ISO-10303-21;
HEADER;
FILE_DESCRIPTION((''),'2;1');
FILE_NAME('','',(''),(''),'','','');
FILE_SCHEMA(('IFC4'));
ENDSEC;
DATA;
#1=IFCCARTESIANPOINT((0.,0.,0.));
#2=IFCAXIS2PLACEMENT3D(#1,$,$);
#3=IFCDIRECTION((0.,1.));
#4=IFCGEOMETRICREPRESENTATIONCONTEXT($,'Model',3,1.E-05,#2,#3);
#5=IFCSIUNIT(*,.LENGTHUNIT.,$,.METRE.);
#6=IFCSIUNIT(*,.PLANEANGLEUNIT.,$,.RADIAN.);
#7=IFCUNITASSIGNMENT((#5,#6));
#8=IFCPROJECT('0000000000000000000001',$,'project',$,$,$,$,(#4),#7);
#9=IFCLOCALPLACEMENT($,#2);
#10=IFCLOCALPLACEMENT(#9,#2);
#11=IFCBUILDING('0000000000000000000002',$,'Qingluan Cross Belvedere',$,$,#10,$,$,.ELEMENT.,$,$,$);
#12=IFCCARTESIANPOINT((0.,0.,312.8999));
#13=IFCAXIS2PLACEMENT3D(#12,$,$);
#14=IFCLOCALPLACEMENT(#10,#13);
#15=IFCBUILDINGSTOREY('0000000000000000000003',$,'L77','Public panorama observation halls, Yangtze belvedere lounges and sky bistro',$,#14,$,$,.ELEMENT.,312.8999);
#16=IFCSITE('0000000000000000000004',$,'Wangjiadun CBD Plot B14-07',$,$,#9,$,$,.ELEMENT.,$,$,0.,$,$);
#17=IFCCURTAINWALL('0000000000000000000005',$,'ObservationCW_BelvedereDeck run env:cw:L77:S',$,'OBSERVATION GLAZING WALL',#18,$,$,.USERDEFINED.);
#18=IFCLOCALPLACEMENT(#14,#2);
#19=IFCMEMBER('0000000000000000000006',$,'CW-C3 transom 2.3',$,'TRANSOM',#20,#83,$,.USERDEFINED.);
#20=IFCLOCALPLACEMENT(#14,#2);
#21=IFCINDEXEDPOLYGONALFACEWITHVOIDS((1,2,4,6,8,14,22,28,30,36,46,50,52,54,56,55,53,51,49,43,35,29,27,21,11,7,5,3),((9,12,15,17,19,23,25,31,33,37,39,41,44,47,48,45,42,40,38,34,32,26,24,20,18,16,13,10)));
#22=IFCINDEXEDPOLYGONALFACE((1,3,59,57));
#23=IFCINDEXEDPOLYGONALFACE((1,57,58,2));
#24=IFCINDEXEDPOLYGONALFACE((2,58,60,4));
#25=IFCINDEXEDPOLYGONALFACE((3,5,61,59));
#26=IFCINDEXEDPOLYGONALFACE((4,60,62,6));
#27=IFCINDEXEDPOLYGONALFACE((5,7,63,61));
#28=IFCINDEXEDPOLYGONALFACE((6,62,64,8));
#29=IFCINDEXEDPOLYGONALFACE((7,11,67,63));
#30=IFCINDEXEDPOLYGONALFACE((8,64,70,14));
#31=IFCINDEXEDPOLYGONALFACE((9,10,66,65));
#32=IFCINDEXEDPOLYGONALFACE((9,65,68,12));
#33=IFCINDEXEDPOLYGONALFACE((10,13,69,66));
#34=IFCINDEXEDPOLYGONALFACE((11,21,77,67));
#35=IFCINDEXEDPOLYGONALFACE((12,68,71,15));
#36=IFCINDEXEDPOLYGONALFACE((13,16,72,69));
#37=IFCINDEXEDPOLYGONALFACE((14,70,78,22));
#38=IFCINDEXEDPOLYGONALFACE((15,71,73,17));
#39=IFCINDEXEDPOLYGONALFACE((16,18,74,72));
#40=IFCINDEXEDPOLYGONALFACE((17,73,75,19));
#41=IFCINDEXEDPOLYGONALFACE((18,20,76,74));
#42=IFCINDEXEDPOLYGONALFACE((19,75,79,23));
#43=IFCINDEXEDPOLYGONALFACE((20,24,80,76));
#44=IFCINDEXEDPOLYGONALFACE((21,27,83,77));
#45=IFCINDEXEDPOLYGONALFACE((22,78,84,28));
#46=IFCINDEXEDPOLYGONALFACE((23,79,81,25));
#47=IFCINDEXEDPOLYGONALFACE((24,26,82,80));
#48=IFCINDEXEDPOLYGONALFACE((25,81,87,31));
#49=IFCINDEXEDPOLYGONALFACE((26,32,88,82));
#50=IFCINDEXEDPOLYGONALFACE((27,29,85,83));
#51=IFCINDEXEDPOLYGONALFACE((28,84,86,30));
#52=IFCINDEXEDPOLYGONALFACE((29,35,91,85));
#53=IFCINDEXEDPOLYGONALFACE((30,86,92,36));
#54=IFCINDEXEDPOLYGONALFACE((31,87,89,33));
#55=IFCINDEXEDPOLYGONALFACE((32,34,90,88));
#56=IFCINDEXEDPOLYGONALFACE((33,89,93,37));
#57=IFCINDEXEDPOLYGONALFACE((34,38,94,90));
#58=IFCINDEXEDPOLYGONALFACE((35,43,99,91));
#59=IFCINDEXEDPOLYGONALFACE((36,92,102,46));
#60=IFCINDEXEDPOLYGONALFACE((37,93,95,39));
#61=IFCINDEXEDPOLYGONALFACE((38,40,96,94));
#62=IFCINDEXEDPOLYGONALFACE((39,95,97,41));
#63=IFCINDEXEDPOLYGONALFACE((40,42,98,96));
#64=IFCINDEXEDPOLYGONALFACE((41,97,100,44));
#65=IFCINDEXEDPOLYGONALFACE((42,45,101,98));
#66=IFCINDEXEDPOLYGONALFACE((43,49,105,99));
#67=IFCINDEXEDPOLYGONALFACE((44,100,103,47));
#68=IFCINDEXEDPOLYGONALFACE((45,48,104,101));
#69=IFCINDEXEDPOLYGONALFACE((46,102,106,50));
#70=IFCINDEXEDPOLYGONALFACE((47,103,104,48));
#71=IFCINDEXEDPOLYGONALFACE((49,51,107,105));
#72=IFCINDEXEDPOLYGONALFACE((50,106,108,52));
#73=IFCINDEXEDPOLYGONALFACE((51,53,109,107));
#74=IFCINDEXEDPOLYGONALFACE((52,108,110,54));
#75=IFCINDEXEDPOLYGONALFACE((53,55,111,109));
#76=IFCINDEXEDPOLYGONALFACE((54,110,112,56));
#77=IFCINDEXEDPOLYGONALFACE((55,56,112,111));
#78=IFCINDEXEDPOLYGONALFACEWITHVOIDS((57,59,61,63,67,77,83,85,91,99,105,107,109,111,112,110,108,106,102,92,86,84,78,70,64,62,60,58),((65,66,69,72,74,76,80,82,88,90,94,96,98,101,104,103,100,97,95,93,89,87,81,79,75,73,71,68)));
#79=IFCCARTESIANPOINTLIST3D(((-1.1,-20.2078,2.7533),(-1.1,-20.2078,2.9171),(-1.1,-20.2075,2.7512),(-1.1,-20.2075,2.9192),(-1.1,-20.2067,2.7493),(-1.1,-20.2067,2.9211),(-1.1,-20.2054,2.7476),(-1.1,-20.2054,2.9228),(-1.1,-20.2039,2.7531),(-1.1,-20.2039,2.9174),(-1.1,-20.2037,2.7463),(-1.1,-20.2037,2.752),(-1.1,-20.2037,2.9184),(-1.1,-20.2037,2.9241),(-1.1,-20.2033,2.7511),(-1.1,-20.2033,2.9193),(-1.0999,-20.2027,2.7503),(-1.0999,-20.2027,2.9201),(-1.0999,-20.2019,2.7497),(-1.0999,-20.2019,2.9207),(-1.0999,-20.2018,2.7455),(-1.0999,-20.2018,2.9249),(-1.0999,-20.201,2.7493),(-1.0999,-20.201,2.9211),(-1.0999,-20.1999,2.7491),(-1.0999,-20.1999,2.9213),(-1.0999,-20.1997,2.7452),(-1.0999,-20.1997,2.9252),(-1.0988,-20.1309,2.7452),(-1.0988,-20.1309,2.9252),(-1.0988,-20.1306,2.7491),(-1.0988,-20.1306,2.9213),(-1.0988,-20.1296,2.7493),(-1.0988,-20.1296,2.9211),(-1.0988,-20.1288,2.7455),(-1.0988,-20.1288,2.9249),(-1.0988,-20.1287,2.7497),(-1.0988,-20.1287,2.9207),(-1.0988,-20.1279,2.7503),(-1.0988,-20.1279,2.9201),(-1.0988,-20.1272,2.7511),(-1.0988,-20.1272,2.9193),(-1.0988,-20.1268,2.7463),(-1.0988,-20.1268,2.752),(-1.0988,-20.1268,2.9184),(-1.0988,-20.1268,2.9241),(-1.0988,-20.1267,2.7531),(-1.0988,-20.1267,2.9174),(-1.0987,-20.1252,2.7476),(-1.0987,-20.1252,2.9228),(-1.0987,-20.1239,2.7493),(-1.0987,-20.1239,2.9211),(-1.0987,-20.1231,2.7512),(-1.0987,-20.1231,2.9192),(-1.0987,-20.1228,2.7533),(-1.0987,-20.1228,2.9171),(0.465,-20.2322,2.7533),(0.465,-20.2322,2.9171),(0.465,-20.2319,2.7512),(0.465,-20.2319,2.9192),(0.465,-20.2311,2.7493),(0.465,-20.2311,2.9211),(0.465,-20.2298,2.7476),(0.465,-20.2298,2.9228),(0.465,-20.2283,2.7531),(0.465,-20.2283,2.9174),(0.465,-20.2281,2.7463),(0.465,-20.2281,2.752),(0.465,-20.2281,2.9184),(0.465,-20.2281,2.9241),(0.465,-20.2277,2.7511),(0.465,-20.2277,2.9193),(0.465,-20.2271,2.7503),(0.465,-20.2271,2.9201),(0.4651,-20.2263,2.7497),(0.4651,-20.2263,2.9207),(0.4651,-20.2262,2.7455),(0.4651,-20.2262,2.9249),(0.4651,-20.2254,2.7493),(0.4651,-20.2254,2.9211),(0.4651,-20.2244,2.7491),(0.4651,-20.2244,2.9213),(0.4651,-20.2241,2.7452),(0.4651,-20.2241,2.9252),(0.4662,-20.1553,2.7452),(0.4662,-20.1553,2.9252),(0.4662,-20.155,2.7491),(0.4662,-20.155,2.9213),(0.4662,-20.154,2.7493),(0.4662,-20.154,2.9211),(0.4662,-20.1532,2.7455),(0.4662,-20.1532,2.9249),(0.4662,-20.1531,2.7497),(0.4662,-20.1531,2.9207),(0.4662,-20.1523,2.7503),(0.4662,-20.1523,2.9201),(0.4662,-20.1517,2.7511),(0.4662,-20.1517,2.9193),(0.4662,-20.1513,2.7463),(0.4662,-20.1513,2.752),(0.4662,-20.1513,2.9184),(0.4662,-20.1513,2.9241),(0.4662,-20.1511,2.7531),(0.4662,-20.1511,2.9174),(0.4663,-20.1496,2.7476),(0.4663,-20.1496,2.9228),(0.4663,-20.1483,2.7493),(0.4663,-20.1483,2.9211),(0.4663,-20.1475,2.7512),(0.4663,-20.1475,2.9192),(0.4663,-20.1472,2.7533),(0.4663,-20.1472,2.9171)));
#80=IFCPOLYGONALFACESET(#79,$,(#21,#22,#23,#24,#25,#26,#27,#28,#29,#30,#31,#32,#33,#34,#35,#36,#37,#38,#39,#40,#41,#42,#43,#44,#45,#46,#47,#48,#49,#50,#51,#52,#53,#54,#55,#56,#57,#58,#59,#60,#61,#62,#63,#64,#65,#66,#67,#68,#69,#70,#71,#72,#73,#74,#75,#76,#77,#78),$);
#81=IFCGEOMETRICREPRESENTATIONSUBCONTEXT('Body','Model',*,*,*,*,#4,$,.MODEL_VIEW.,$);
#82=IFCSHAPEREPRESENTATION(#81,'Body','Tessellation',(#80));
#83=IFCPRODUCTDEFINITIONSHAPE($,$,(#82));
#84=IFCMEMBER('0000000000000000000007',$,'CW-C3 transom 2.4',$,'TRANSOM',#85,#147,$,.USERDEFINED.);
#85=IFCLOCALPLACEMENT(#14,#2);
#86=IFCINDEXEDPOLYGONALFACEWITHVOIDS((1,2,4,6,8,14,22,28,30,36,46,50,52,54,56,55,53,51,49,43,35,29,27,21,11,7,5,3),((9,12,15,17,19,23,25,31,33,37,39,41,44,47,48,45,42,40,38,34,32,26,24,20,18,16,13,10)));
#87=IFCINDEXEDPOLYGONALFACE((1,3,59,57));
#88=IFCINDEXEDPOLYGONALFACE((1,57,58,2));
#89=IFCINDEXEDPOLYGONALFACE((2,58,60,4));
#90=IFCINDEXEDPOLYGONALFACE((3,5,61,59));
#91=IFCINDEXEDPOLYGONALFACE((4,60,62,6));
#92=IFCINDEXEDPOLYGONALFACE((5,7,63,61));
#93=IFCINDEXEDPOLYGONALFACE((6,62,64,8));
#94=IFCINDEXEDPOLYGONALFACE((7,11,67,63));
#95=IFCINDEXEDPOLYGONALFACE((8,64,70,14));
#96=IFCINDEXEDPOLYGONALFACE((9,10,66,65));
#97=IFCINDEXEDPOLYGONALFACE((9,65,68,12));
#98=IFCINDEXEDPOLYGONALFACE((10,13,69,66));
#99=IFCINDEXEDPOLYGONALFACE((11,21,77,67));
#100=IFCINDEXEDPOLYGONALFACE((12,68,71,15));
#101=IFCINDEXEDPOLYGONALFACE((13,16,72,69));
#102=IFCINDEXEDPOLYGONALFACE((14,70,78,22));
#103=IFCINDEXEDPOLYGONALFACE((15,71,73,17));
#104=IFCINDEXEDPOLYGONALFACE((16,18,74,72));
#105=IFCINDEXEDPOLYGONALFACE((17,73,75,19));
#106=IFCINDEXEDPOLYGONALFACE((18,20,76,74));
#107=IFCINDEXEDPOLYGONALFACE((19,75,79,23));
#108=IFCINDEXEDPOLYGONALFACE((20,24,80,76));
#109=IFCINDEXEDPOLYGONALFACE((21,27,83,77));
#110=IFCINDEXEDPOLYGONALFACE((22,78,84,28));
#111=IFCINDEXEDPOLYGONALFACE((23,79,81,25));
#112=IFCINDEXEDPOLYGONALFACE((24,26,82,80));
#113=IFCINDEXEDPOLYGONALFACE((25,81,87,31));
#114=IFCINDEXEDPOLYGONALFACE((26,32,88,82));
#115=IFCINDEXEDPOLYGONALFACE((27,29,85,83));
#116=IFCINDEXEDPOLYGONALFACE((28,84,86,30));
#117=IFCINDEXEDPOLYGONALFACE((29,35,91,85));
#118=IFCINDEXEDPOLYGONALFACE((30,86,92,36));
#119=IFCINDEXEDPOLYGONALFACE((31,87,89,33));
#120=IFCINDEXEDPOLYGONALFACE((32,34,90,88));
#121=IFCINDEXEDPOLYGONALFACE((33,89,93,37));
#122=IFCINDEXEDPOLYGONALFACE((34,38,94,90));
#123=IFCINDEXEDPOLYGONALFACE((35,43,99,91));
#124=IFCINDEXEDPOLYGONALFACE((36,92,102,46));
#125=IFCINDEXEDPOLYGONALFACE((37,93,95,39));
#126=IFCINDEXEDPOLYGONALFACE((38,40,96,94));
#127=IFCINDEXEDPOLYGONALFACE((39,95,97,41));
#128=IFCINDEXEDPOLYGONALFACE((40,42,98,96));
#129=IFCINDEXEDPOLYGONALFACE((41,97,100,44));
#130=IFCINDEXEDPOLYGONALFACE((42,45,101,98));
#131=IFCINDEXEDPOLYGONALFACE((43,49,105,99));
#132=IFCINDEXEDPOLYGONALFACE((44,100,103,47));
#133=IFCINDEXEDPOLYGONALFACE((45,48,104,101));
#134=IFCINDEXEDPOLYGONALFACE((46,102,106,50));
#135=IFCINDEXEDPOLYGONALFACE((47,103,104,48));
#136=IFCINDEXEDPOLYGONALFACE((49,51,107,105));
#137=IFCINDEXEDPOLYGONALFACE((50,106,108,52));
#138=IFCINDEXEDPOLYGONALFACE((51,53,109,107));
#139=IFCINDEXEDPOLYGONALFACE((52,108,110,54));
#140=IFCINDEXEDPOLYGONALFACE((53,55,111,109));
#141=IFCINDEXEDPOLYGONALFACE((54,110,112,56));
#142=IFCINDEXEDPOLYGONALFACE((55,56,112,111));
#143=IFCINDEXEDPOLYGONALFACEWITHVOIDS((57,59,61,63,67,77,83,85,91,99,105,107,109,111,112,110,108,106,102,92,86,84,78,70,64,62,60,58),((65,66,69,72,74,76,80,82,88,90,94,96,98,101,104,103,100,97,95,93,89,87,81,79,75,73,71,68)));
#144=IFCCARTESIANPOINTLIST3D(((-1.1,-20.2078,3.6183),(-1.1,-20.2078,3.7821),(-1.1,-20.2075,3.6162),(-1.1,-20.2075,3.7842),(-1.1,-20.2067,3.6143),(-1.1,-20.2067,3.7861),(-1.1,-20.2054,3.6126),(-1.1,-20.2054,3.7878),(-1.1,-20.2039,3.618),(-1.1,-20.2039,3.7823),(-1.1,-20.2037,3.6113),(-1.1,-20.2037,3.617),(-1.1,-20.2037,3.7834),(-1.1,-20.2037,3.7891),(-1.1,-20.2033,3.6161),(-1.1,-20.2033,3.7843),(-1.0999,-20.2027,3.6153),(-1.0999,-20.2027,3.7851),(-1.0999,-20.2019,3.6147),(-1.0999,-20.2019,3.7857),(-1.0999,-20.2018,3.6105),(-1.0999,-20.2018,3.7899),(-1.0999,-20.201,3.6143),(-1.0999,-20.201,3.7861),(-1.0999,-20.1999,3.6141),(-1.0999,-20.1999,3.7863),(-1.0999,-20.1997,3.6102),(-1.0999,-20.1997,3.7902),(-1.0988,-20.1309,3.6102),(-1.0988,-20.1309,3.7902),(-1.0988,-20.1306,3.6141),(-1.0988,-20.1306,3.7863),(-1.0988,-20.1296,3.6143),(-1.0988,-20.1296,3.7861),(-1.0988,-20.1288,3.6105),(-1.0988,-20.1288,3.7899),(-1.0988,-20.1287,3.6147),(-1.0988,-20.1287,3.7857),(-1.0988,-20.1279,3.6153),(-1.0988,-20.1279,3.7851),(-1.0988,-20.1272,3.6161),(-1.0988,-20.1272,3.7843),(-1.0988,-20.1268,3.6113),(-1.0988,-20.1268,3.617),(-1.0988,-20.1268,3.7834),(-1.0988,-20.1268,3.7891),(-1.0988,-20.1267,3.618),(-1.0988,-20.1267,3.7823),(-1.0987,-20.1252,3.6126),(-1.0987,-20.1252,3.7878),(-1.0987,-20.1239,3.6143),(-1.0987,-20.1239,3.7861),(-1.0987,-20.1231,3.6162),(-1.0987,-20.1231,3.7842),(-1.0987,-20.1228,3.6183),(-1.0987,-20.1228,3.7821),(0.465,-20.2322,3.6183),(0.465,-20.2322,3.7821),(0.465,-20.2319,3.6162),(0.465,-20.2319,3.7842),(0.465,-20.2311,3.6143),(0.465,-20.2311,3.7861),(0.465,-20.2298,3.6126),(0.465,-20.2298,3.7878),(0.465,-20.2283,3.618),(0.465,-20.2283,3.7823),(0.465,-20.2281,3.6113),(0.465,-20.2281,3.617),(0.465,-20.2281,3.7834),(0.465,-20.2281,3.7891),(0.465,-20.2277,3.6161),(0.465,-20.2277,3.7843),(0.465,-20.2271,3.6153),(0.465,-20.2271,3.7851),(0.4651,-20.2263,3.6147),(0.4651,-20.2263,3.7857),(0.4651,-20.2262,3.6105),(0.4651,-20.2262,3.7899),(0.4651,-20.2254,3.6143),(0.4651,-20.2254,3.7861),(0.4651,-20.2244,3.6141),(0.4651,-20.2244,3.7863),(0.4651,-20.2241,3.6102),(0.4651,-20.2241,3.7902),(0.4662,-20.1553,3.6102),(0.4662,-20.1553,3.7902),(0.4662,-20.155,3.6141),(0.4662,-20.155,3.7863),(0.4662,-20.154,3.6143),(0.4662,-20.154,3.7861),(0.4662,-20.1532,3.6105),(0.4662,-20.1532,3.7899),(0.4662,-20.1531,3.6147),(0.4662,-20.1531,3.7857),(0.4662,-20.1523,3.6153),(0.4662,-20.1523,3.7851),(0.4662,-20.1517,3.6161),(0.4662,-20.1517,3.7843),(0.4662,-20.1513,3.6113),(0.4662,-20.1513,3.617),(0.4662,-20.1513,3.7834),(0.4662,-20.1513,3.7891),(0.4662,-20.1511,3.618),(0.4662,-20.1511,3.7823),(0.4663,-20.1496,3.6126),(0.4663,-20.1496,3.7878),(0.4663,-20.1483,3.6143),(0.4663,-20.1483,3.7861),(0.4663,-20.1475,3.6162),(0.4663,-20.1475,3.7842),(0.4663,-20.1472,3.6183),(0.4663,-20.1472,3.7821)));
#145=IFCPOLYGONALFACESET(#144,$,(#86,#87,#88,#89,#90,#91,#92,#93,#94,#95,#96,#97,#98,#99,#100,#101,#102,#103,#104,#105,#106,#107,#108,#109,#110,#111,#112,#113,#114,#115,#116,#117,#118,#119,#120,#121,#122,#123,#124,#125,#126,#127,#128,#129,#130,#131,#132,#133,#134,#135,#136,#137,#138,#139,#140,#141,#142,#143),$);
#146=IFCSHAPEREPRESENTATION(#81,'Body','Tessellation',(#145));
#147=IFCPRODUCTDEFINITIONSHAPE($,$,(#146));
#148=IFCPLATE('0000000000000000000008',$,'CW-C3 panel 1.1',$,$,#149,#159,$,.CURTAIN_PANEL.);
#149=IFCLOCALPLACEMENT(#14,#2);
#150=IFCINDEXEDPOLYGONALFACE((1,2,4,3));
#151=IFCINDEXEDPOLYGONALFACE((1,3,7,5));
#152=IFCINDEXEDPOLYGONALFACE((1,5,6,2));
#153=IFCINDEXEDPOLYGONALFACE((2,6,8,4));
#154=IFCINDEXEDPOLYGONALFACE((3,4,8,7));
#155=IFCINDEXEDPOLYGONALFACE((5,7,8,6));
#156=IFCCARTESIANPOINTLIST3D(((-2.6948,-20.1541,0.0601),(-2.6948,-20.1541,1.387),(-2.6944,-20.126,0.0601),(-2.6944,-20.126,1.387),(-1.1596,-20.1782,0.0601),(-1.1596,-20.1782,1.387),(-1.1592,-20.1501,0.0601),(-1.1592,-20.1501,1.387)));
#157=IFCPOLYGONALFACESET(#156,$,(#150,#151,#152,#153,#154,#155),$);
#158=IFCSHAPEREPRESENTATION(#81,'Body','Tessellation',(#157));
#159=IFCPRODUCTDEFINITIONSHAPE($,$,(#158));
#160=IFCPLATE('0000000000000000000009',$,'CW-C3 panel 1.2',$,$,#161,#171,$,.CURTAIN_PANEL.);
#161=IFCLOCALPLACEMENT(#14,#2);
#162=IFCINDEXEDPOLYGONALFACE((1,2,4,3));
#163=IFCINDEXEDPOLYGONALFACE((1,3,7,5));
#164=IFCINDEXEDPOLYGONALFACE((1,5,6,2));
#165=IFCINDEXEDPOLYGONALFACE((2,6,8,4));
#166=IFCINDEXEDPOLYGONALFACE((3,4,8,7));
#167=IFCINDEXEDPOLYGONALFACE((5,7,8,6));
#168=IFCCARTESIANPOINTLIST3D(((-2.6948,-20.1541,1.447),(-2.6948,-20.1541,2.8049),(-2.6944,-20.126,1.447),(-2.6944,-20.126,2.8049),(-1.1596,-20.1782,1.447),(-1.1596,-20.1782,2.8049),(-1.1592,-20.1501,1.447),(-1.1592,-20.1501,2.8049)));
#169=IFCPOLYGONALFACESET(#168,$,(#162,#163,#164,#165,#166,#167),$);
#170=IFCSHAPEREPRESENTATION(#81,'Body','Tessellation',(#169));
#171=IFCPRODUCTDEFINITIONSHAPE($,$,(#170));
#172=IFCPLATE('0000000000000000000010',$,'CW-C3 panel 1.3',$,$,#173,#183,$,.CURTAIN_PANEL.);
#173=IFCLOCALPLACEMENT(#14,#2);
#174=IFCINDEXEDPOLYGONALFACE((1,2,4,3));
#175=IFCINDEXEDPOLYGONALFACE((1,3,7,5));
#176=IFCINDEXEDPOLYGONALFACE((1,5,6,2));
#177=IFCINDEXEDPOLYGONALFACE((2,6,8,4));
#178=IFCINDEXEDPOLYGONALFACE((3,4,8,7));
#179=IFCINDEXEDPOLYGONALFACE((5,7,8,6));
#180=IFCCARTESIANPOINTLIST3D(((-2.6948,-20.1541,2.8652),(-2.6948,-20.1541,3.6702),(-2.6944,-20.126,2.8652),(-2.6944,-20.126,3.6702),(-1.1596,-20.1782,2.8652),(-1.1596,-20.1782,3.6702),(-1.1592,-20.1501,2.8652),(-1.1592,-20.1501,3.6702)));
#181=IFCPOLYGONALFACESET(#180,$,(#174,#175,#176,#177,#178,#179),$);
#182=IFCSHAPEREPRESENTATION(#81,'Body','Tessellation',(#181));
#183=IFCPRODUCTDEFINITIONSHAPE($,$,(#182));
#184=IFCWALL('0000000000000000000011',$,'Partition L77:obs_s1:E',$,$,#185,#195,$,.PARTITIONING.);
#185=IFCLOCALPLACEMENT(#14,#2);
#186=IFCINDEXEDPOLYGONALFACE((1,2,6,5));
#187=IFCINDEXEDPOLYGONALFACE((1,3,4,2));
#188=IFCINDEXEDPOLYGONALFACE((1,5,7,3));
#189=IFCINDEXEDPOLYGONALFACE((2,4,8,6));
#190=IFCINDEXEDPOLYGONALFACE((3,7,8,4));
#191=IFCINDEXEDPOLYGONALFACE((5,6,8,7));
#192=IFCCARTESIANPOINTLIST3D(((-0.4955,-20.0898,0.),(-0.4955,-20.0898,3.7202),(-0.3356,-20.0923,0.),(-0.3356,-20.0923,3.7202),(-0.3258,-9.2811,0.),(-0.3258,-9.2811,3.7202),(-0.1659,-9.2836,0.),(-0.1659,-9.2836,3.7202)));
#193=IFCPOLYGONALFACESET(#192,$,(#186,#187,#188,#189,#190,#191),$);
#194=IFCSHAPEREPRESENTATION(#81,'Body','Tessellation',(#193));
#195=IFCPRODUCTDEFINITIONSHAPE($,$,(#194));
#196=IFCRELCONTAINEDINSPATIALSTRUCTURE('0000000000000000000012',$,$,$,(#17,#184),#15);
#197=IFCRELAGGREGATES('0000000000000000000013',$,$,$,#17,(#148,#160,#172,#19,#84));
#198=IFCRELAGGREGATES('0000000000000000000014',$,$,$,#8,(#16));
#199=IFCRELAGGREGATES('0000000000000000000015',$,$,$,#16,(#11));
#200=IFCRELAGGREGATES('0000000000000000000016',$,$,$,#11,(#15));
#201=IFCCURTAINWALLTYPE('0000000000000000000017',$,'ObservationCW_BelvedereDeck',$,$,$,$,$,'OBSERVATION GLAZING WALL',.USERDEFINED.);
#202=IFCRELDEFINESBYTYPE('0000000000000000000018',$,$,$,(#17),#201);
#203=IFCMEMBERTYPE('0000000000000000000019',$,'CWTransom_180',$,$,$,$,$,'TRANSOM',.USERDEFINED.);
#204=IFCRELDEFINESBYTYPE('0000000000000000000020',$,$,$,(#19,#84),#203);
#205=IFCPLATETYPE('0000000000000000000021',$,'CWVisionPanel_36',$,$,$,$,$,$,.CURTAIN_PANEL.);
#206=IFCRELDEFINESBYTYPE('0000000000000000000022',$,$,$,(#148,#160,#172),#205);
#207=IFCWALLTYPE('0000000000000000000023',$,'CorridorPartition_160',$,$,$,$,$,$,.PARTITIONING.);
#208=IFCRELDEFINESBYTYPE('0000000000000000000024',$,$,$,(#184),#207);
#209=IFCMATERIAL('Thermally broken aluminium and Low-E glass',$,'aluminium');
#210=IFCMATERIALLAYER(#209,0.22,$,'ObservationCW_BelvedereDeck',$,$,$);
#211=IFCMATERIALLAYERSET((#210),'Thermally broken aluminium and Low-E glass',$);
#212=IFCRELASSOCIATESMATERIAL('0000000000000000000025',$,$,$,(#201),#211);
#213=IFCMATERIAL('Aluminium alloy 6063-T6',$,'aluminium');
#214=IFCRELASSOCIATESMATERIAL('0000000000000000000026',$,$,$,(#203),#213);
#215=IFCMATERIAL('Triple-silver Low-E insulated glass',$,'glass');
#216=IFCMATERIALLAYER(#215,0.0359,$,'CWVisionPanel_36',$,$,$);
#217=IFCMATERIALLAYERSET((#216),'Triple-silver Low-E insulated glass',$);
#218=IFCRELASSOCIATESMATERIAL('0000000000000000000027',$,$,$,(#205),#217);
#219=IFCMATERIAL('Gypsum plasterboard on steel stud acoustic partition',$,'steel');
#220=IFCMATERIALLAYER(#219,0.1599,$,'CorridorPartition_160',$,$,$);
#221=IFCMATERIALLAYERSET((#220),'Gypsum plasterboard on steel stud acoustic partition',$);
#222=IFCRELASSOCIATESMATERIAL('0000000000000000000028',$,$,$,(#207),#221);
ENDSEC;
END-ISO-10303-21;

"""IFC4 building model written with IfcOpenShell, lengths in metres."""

from ifc_helpers import new_model, si_unit, direction, frame, frame_2d, origin, origin_2d, place, context, subcontext, project, spatial, rectangle, hollow_rectangle, extrude, material, layer, layer_set, material_profile, profile_set, type_object, element, aggregate, save


model = new_model("IFC4")

# Units and contexts
model_context = context("Model", 3, precision=1e-05, world=origin(), true_north=direction((0.0, 1.0)))
body_context = subcontext(model_context, "Body", "Model", "MODEL_VIEW")
ifc_project = project(units=[si_unit("LENGTHUNIT", "METRE"), si_unit("PLANEANGLEUNIT", "RADIAN")], contexts=[model_context])

# Site, building, storey
site_placement = place(None, origin())
site = spatial("IfcSite", under=ifc_project, at=site_placement, Name="Wangjiadun CBD Plot B14-07", CompositionType="ELEMENT", RefElevation=0.0)
building_placement = place(site_placement, origin())
building = spatial("IfcBuilding", under=site, at=building_placement, Name="Qingluan Cross Belvedere", CompositionType="ELEMENT")
storey_placement = place(building_placement, frame((0.0, 0.0, 312.8999)))
storey = spatial("IfcBuildingStorey", under=building, at=storey_placement, Name="L77", Description="Public panorama observation halls, Yangtze belvedere lounges and sky bistro", CompositionType="ELEMENT", Elevation=312.8999)

# Curtain wall, members, plates
ifc_material_1 = material(Name="Thermally broken aluminium and Low-E glass", Category="aluminium")
ifc_layer_1 = layer(ifc_material_1, 0.22, Name="ObservationCW_BelvedereDeck")
ifc_layer_set_1 = layer_set([ifc_layer_1], Name="Thermally broken aluminium and Low-E glass")
curtain_wall_type = type_object("IfcCurtainWallType", Name="ObservationCW_BelvedereDeck", ElementType="OBSERVATION GLAZING WALL", PredefinedType="USERDEFINED", material=ifc_layer_set_1)
curtain_wall_placement = place(storey_placement, origin())
curtain_wall = element("IfcCurtainWall", 1, at=curtain_wall_placement, inside=storey, type_object=curtain_wall_type, Name="ObservationCW_BelvedereDeck run env:cw:L77:S", ObjectType="OBSERVATION GLAZING WALL", PredefinedType="USERDEFINED")
ifc_material_2 = material(Name="Aluminium alloy 6063-T6", Category="aluminium")
ifc_material_profile_1 = material_profile(ifc_material_2, hollow_rectangle(XDim=0.085, YDim=0.1799, WallThickness=0.0039, InnerFilletRadius=0.0039, OuterFilletRadius=0.0081, at=origin_2d()), Name="CWT180x85x4")
ifc_profile_set_1 = profile_set([ifc_material_profile_1], Name="Aluminium alloy 6063-T6")
member_type_1 = type_object("IfcMemberType", Name="CWTransom_180", ElementType="TRANSOM", PredefinedType="USERDEFINED", material=ifc_profile_set_1)
member_1_placement = place(storey_placement, frame((-1.0994, -20.1653, 2.8352), z_axis=(0.999878, -0.015599, 0.0), x_axis=(0.015599, 0.999878, 0.0)))
member_1 = element("IfcMember", 2, at=member_1_placement, type_object=member_type_1, Name="CW-C3 transom 2.3", ObjectType="TRANSOM", PredefinedType="USERDEFINED", context=body_context, shape_type="SweptSolid", body=[
    extrude(hollow_rectangle(XDim=0.085, YDim=0.1799, WallThickness=0.0039, InnerFilletRadius=0.0039, OuterFilletRadius=0.0081, at=origin_2d()), origin(), (0.0, 0.0, 1.0), 1.5652),
])
member_2_placement = place(storey_placement, frame((-1.0994, -20.1653, 3.7002), z_axis=(0.999878, -0.015599, 0.0), x_axis=(0.015599, 0.999878, 0.0)))
member_2 = element("IfcMember", 3, at=member_2_placement, type_object=member_type_1, Name="CW-C3 transom 2.4", ObjectType="TRANSOM", PredefinedType="USERDEFINED", context=body_context, shape_type="SweptSolid", body=[
    extrude(hollow_rectangle(XDim=0.085, YDim=0.1799, WallThickness=0.0039, InnerFilletRadius=0.0039, OuterFilletRadius=0.0081, at=origin_2d()), origin(), (0.0, 0.0, 1.0), 1.5652),
])
ifc_material_3 = material(Name="Triple-silver Low-E insulated glass", Category="glass")
ifc_layer_2 = layer(ifc_material_3, 0.0359, Name="CWVisionPanel_36")
ifc_layer_set_2 = layer_set([ifc_layer_2], Name="Triple-silver Low-E insulated glass")
plate_type = type_object("IfcPlateType", Name="CWVisionPanel_36", PredefinedType="CURTAIN_PANEL", material=ifc_layer_set_2)
plate_1_placement = place(storey_placement, frame((-1.927, -20.1521, 0.0601), z_axis=(0.0, 0.0, 1.0), x_axis=(0.999877, -0.01571, 0.0)))
plate_1 = element("IfcPlate", 4, at=plate_1_placement, type_object=plate_type, Name="CW-C3 panel 1.1", PredefinedType="CURTAIN_PANEL", context=body_context, shape_type="SweptSolid", body=[
    extrude(rectangle(XDim=1.5354, YDim=0.0281, at=origin_2d()), origin(), (0.0, 0.0, 1.0), 1.3269),
])
plate_2_placement = place(storey_placement, frame((-1.927, -20.1521, 1.447), z_axis=(0.0, 0.0, 1.0), x_axis=(0.999877, -0.01571, 0.0)))
plate_2 = element("IfcPlate", 5, at=plate_2_placement, type_object=plate_type, Name="CW-C3 panel 1.2", PredefinedType="CURTAIN_PANEL", context=body_context, shape_type="SweptSolid", body=[
    extrude(rectangle(XDim=1.5354, YDim=0.0281, at=origin_2d()), origin(), (0.0, 0.0, 1.0), 1.3579),
])
plate_3_placement = place(storey_placement, frame((-1.927, -20.1521, 2.8652), z_axis=(0.0, 0.0, 1.0), x_axis=(0.999877, -0.01571, 0.0)))
plate_3 = element("IfcPlate", 6, at=plate_3_placement, type_object=plate_type, Name="CW-C3 panel 1.3", PredefinedType="CURTAIN_PANEL", context=body_context, shape_type="SweptSolid", body=[
    extrude(rectangle(XDim=1.5354, YDim=0.0281, at=origin_2d()), origin(), (0.0, 0.0, 1.0), 0.8049),
])
aggregate(curtain_wall, [plate_1, plate_2, plate_3, member_1, member_2])

# Wall
ifc_material_4 = material(Name="Gypsum plasterboard on steel stud acoustic partition", Category="steel")
ifc_layer_3 = layer(ifc_material_4, 0.1599, Name="CorridorPartition_160")
ifc_layer_set_3 = layer_set([ifc_layer_3], Name="Gypsum plasterboard on steel stud acoustic partition")
wall_type_1 = type_object("IfcWallType", Name="CorridorPartition_160", PredefinedType="PARTITIONING", material=ifc_layer_set_3)
wall_1_placement = place(storey_placement, frame((-0.4155, -20.0911, 0.0), z_axis=(0.0, 0.0, 1.0), x_axis=(0.015696, 0.999877, 0.0)))
element("IfcWall", 7, at=wall_1_placement, inside=storey, type_object=wall_type_1, Name="Partition L77:obs_s1:E", PredefinedType="PARTITIONING", context=body_context, shape_type="SweptSolid", body=[
    extrude(rectangle(XDim=10.8101, YDim=0.1599, at=frame_2d((5.405, 0.0))), origin(), (0.0, 0.0, 1.0), 3.7202),
])

save(model, "model.ifc")
